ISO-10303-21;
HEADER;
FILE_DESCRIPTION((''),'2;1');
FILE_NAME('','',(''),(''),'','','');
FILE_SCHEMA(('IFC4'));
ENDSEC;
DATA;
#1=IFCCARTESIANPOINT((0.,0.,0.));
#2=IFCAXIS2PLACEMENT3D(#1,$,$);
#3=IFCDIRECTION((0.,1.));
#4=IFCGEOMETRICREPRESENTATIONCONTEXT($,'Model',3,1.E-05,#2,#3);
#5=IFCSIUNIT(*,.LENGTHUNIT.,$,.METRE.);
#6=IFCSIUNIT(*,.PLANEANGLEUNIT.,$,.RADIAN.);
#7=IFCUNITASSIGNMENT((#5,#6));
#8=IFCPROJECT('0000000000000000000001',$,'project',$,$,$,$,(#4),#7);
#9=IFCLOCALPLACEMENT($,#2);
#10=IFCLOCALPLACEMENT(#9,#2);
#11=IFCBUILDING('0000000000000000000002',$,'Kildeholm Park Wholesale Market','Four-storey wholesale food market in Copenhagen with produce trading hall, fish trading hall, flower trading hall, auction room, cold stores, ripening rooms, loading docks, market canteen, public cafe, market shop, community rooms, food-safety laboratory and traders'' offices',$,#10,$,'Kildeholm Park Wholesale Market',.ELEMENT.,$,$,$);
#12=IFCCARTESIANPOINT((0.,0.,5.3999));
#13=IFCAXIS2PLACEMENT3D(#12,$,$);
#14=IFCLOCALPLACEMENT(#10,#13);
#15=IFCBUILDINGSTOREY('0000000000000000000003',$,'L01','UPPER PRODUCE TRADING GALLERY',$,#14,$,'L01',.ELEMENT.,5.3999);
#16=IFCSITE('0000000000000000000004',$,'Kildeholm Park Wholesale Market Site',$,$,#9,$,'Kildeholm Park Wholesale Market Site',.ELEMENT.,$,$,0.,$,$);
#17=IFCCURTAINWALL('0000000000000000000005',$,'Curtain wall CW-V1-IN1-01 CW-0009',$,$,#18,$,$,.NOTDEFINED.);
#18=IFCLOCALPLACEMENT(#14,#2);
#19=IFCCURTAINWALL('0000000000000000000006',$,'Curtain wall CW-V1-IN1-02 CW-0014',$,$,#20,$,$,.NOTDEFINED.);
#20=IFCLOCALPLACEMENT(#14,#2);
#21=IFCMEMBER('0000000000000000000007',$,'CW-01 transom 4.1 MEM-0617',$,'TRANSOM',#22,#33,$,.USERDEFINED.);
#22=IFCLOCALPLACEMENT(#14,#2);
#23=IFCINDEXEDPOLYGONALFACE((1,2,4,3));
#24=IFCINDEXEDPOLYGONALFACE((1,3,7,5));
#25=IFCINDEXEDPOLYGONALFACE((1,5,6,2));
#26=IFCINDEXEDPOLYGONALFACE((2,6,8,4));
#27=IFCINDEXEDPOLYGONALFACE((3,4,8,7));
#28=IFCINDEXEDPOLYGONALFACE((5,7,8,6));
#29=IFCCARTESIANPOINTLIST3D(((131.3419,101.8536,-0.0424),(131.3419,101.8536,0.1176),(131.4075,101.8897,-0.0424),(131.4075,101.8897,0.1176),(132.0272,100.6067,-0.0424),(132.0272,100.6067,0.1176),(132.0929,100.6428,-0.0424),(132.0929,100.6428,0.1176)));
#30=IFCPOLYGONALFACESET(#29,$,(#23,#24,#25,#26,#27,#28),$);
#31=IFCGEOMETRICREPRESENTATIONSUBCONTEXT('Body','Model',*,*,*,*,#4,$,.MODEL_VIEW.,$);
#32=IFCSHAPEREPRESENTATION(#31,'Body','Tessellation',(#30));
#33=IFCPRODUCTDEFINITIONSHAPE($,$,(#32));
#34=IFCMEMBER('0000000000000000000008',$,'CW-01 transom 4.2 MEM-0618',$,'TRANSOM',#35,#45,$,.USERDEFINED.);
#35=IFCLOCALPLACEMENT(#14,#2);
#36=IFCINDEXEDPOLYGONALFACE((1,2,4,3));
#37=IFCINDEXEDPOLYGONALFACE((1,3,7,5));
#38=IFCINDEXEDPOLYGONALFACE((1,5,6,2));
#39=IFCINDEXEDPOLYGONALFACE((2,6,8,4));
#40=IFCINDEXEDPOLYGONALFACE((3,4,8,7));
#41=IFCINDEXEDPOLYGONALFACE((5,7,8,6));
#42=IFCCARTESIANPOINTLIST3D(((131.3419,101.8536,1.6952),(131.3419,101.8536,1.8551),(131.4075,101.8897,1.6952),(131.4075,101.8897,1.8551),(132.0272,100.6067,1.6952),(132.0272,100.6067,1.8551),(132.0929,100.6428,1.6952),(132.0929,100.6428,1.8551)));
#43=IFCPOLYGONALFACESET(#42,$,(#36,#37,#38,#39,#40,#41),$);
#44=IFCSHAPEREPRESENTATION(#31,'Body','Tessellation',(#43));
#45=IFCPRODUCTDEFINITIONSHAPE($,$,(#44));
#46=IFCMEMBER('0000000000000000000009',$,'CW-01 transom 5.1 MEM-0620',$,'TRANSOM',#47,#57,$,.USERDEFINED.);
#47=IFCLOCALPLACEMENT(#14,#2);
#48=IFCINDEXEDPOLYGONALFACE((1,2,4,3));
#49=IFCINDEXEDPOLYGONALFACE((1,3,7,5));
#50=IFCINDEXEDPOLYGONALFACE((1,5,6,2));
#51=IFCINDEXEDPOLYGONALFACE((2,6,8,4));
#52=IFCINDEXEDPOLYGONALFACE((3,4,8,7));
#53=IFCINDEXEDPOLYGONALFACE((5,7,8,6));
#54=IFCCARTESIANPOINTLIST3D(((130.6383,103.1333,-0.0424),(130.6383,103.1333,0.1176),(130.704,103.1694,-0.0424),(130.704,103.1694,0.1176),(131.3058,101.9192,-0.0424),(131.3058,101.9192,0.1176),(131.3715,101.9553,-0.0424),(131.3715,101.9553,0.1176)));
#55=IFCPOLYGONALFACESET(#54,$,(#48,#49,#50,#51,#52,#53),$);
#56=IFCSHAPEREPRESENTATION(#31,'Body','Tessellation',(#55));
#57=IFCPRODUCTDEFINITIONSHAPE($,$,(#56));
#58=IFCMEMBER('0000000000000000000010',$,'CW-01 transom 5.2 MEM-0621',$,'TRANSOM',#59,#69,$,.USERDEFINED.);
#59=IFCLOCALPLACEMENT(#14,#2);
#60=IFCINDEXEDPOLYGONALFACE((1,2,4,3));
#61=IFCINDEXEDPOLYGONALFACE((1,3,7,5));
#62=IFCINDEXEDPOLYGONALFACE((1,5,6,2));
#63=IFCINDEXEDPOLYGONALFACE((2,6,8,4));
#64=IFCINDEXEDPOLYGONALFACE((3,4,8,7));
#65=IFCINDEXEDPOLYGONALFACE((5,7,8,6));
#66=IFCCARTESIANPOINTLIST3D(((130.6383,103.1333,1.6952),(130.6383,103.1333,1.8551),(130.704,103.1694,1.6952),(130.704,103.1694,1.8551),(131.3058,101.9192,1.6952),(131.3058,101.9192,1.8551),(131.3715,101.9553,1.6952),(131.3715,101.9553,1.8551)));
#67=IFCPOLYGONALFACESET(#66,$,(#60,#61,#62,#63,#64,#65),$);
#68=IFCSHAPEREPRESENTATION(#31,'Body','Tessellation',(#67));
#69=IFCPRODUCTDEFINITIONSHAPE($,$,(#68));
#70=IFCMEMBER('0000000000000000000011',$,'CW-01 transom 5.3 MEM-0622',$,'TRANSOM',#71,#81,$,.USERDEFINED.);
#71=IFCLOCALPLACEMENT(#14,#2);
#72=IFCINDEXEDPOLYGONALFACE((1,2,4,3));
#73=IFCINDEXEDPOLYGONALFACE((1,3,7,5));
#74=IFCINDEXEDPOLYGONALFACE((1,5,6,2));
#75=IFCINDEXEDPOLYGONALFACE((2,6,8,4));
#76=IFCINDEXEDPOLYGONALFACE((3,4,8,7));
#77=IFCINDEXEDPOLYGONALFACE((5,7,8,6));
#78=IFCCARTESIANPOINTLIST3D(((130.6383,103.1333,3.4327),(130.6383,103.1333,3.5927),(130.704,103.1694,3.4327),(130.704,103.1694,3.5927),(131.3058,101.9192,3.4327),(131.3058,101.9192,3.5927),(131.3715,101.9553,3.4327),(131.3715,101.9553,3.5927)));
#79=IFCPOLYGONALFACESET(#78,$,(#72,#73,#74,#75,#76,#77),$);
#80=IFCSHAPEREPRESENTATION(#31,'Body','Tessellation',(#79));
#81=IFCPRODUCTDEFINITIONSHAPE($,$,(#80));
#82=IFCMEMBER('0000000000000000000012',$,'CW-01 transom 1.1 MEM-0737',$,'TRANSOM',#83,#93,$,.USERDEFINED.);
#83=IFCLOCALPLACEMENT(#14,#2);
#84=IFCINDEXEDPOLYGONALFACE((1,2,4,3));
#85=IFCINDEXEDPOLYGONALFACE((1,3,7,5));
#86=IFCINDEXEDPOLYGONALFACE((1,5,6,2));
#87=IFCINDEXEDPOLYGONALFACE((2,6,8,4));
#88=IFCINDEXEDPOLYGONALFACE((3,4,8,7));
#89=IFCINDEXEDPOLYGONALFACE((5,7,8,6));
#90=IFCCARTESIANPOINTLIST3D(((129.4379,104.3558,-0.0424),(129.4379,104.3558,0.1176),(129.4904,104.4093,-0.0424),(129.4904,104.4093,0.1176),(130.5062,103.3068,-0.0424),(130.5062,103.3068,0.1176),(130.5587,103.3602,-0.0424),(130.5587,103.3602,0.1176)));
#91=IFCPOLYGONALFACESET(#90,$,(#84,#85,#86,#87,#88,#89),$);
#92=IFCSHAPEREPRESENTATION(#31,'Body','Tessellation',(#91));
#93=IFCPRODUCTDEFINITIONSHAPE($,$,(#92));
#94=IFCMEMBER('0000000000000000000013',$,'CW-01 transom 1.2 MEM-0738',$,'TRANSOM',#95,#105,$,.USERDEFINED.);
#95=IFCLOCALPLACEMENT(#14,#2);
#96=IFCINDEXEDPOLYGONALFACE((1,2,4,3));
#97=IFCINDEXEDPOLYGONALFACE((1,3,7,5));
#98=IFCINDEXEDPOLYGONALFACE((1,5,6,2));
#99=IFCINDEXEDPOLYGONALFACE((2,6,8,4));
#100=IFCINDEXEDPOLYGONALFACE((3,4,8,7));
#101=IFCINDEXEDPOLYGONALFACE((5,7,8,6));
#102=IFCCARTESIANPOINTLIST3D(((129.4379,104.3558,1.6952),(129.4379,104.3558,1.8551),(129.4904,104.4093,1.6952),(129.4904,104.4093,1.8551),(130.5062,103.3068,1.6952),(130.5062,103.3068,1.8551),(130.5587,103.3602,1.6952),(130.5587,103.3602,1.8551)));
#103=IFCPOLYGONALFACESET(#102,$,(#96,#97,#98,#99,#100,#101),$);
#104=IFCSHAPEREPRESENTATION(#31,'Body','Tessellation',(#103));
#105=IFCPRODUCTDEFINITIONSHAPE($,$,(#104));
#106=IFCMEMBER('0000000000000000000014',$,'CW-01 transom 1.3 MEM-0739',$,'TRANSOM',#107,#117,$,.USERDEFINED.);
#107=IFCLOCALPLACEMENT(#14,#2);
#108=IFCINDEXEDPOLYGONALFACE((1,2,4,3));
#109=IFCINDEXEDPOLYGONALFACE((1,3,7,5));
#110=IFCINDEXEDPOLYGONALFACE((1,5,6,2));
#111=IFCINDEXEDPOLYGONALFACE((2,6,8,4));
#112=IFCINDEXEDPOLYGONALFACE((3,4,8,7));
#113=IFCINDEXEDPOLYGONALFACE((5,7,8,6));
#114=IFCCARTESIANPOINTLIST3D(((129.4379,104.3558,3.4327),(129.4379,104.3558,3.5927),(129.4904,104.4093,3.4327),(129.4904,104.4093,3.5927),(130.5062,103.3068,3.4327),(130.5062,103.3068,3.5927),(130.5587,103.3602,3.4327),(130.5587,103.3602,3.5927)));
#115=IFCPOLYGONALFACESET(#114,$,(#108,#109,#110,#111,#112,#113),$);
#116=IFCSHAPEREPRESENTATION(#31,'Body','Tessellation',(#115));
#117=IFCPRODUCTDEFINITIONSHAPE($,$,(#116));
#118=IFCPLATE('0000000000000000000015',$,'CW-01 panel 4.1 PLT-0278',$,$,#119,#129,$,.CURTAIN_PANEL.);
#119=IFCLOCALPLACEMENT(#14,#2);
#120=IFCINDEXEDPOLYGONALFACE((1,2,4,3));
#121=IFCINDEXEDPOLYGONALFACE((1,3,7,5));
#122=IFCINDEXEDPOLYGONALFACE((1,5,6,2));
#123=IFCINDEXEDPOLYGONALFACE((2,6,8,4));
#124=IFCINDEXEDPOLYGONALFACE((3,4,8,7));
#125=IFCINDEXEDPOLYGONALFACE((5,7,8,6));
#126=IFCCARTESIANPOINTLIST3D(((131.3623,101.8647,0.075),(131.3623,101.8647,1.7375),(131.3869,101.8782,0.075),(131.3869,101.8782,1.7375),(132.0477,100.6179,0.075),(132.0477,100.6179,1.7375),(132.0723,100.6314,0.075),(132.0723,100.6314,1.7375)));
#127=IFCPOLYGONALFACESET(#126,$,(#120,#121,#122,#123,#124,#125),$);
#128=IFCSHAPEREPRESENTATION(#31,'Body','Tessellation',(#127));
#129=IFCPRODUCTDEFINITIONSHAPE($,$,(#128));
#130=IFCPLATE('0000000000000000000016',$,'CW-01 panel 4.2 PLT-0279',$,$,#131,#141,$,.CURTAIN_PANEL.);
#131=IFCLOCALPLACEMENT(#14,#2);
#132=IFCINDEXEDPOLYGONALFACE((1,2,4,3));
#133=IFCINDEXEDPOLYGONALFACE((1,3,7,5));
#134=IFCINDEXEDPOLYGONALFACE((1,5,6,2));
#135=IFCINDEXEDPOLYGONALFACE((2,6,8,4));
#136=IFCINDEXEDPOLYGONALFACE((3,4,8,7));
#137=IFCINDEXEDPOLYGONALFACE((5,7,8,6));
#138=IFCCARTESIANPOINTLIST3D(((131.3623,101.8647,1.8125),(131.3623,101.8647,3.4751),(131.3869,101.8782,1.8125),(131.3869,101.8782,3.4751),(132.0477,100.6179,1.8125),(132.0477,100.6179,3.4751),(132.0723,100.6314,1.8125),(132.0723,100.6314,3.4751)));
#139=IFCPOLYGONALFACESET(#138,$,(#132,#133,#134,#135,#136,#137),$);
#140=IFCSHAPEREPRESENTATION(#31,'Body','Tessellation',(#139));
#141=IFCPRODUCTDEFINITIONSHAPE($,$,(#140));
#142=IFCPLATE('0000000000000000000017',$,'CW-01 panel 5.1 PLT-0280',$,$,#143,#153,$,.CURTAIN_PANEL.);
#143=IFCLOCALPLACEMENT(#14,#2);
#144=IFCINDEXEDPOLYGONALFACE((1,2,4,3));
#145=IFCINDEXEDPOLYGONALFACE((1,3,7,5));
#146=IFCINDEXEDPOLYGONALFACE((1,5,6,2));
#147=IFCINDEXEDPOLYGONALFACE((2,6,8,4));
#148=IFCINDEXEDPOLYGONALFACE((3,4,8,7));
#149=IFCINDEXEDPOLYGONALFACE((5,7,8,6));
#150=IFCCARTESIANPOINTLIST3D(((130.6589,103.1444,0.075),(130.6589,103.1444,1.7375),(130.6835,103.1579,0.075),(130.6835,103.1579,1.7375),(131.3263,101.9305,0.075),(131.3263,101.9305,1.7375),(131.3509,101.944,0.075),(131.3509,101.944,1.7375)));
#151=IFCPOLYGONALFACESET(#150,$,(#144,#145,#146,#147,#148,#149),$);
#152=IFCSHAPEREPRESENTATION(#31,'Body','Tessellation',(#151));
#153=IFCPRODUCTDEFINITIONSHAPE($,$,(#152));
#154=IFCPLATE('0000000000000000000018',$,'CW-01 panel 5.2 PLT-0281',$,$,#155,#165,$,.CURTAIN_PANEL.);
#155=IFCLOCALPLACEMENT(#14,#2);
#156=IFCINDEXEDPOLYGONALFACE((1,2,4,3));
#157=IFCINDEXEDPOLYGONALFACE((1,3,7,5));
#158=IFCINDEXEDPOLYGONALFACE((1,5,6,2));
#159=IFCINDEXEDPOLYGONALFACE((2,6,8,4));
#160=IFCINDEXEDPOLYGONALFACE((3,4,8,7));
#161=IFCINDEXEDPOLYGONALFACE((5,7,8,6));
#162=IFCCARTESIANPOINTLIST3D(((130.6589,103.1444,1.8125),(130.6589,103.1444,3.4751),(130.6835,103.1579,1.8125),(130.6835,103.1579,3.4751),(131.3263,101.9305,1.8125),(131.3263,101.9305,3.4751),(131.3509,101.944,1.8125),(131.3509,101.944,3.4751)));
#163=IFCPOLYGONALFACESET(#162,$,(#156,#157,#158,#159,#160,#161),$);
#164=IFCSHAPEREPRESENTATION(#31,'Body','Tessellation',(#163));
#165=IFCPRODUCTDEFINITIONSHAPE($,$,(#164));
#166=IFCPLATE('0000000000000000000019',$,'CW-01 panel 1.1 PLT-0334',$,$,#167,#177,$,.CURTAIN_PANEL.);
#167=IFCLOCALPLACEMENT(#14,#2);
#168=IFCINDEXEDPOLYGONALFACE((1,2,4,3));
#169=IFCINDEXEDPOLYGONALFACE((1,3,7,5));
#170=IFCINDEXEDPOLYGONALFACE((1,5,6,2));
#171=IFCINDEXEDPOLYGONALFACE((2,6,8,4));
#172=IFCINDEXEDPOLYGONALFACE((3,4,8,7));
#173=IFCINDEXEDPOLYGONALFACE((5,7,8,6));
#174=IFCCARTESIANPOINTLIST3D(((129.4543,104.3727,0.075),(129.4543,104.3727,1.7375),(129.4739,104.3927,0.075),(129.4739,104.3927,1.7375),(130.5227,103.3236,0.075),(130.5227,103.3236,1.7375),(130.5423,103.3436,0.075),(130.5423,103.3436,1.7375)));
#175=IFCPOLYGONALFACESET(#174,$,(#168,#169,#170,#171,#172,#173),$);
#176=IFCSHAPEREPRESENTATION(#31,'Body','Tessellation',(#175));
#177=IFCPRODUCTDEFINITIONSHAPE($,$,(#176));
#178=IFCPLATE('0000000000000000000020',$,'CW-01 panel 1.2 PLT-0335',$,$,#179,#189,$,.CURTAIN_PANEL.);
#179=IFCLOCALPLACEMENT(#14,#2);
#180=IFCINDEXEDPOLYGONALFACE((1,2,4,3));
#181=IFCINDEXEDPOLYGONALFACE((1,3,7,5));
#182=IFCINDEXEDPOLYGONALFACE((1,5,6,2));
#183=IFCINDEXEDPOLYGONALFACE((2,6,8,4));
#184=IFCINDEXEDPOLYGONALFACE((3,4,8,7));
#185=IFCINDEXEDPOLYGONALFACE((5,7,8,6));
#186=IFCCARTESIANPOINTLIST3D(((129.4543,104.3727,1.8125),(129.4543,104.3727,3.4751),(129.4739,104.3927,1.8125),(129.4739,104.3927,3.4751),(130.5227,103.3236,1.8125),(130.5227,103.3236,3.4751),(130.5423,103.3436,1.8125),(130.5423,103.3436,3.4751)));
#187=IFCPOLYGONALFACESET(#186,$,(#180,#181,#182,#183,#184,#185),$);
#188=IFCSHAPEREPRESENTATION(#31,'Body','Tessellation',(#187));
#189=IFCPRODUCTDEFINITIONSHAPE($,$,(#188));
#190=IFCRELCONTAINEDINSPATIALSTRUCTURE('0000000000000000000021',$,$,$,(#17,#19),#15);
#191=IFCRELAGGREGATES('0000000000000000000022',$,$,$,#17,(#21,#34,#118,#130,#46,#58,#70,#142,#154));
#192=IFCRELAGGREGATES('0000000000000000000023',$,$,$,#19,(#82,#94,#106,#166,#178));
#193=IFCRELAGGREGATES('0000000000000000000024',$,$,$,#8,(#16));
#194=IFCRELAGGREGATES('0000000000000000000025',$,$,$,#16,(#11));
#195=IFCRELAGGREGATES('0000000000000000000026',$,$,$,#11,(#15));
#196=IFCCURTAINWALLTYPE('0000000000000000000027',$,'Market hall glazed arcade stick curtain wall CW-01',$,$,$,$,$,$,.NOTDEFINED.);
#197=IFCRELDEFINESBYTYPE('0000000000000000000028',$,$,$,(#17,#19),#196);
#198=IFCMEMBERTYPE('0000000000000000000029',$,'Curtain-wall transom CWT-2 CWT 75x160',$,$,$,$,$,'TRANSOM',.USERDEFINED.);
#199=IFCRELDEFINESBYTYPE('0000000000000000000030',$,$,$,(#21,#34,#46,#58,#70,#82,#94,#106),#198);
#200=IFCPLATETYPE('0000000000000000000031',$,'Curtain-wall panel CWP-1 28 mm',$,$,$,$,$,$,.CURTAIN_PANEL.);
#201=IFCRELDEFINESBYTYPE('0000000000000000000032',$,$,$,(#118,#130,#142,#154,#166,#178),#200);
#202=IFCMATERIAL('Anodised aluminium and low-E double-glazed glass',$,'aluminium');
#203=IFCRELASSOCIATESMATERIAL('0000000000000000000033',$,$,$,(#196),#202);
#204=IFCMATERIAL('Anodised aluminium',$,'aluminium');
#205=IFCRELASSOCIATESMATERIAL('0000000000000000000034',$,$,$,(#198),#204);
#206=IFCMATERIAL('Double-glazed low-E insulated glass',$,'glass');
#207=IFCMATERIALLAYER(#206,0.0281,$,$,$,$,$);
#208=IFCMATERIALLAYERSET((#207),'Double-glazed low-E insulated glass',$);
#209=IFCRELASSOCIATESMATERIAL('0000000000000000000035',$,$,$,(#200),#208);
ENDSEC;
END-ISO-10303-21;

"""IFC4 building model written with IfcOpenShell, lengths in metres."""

from ifc_helpers import new_model, si_unit, direction, frame, origin, origin_2d, place, context, subcontext, project, spatial, rectangle, extrude, material, layer, layer_set, material_profile, profile_set, type_object, element, aggregate, save


model = new_model("IFC4")

# Units and contexts
model_context = context("Model", 3, precision=1e-05, world=origin(), true_north=direction((0.0, 1.0)))
body_context = subcontext(model_context, "Body", "Model", "MODEL_VIEW")
ifc_project = project(units=[si_unit("LENGTHUNIT", "METRE"), si_unit("PLANEANGLEUNIT", "RADIAN")], contexts=[model_context])

# Site, building, storey
site_placement = place(None, origin())
site = spatial("IfcSite", under=ifc_project, at=site_placement, Name="Kildeholm Park Wholesale Market Site", LongName="Kildeholm Park Wholesale Market Site", CompositionType="ELEMENT", RefElevation=0.0)
building_placement = place(site_placement, origin())
building = spatial("IfcBuilding", under=site, at=building_placement, Name="Kildeholm Park Wholesale Market", Description="Four-storey wholesale food market in Copenhagen with produce trading hall, fish trading hall, flower trading hall, auction room, cold stores, ripening rooms, loading docks, market canteen, public cafe, market shop, community rooms, food-safety laboratory and traders' offices", LongName="Kildeholm Park Wholesale Market", CompositionType="ELEMENT")
storey_placement = place(building_placement, frame((0.0, 0.0, 5.3999)))
storey = spatial("IfcBuildingStorey", under=building, at=storey_placement, Name="L01", Description="UPPER PRODUCE TRADING GALLERY", LongName="L01", CompositionType="ELEMENT", Elevation=5.3999)

# Curtain wall
ifc_material_1 = material(Name="Anodised aluminium and low-E double-glazed glass", Category="aluminium")
curtain_wall_type = type_object("IfcCurtainWallType", Name="Market hall glazed arcade stick curtain wall CW-01", PredefinedType="NOTDEFINED", material=ifc_material_1)
curtain_wall_1_placement = place(storey_placement, origin())
curtain_wall_1 = element("IfcCurtainWall", 1, at=curtain_wall_1_placement, inside=storey, type_object=curtain_wall_type, Name="Curtain wall CW-V1-IN1-01 CW-0009", PredefinedType="NOTDEFINED")
ifc_material_2 = material(Name="Anodised aluminium", Category="aluminium")

# Curtain wall
curtain_wall_2_placement = place(storey_placement, origin())
curtain_wall_2 = element("IfcCurtainWall", 2, at=curtain_wall_2_placement, inside=storey, type_object=curtain_wall_type, Name="Curtain wall CW-V1-IN1-02 CW-0014", PredefinedType="NOTDEFINED")

# Members
ifc_material_profile_1 = material_profile(ifc_material_2, rectangle(XDim=0.075, YDim=0.1599, at=origin_2d()), Name="CWT 75x160")
ifc_profile_set_1 = profile_set([ifc_material_profile_1], Name="Anodised aluminium")
member_type_1 = type_object("IfcMemberType", Name="Curtain-wall transom CWT-2 CWT 75x160", ElementType="TRANSOM", PredefinedType="USERDEFINED", material=ifc_profile_set_1)
member_1_placement = place(storey_placement, frame((132.0601, 100.6248, 0.0376), z_axis=(-0.481675, 0.87635, 0.0), x_axis=(-0.87635, -0.481675, 0.0)))
member_1 = element("IfcMember", 3, at=member_1_placement, type_object=member_type_1, Name="CW-01 transom 4.1 MEM-0617", ObjectType="TRANSOM", PredefinedType="USERDEFINED", context=body_context, shape_type="SweptSolid", body=[
    extrude(rectangle(XDim=0.075, YDim=0.1599, at=origin_2d()), origin(), (0.0, 0.0, 1.0), 1.4229),
])
member_2_placement = place(storey_placement, frame((132.0601, 100.6248, 1.7751), z_axis=(-0.481675, 0.87635, 0.0), x_axis=(-0.87635, -0.481675, 0.0)))
member_2 = element("IfcMember", 4, at=member_2_placement, type_object=member_type_1, Name="CW-01 transom 4.2 MEM-0618", ObjectType="TRANSOM", PredefinedType="USERDEFINED", context=body_context, shape_type="SweptSolid", body=[
    extrude(rectangle(XDim=0.075, YDim=0.1599, at=origin_2d()), origin(), (0.0, 0.0, 1.0), 1.4229),
])
member_3_placement = place(storey_placement, frame((131.3386, 101.9373, 0.0376), z_axis=(-0.481763, 0.876301, 0.0), x_axis=(-0.876301, -0.481763, 0.0)))
member_3 = element("IfcMember", 5, at=member_3_placement, type_object=member_type_1, Name="CW-01 transom 5.1 MEM-0620", ObjectType="TRANSOM", PredefinedType="USERDEFINED", context=body_context, shape_type="SweptSolid", body=[
    extrude(rectangle(XDim=0.075, YDim=0.1599, at=origin_2d()), origin(), (0.0, 0.0, 1.0), 1.3855),
])
member_4_placement = place(storey_placement, frame((131.3386, 101.9373, 1.7751), z_axis=(-0.481763, 0.876301, 0.0), x_axis=(-0.876301, -0.481763, 0.0)))
member_4 = element("IfcMember", 6, at=member_4_placement, type_object=member_type_1, Name="CW-01 transom 5.2 MEM-0621", ObjectType="TRANSOM", PredefinedType="USERDEFINED", context=body_context, shape_type="SweptSolid", body=[
    extrude(rectangle(XDim=0.075, YDim=0.1599, at=origin_2d()), origin(), (0.0, 0.0, 1.0), 1.3855),
])
member_5_placement = place(storey_placement, frame((131.3386, 101.9373, 3.5127), z_axis=(-0.481763, 0.876301, 0.0), x_axis=(-0.876301, -0.481763, 0.0)))
member_5 = element("IfcMember", 7, at=member_5_placement, type_object=member_type_1, Name="CW-01 transom 5.3 MEM-0622", ObjectType="TRANSOM", PredefinedType="USERDEFINED", context=body_context, shape_type="SweptSolid", body=[
    extrude(rectangle(XDim=0.075, YDim=0.1599, at=origin_2d()), origin(), (0.0, 0.0, 1.0), 1.3855),
])
member_6_placement = place(storey_placement, frame((130.5325, 103.3335, 0.0376), z_axis=(-0.713518, 0.700637, 0.0), x_axis=(-0.700637, -0.713518, 0.0)))
member_6 = element("IfcMember", 8, at=member_6_placement, type_object=member_type_1, Name="CW-01 transom 1.1 MEM-0737", ObjectType="TRANSOM", PredefinedType="USERDEFINED", context=body_context, shape_type="SweptSolid", body=[
    extrude(rectangle(XDim=0.075, YDim=0.1599, at=origin_2d()), origin(), (0.0, 0.0, 1.0), 1.4973),
])
member_7_placement = place(storey_placement, frame((130.5325, 103.3335, 1.7751), z_axis=(-0.713518, 0.700637, 0.0), x_axis=(-0.700637, -0.713518, 0.0)))
member_7 = element("IfcMember", 9, at=member_7_placement, type_object=member_type_1, Name="CW-01 transom 1.2 MEM-0738", ObjectType="TRANSOM", PredefinedType="USERDEFINED", context=body_context, shape_type="SweptSolid", body=[
    extrude(rectangle(XDim=0.075, YDim=0.1599, at=origin_2d()), origin(), (0.0, 0.0, 1.0), 1.4973),
])
member_8_placement = place(storey_placement, frame((130.5325, 103.3335, 3.5127), z_axis=(-0.713518, 0.700637, 0.0), x_axis=(-0.700637, -0.713518, 0.0)))
member_8 = element("IfcMember", 10, at=member_8_placement, type_object=member_type_1, Name="CW-01 transom 1.3 MEM-0739", ObjectType="TRANSOM", PredefinedType="USERDEFINED", context=body_context, shape_type="SweptSolid", body=[
    extrude(rectangle(XDim=0.075, YDim=0.1599, at=origin_2d()), origin(), (0.0, 0.0, 1.0), 1.4973),
])

# Plates
ifc_material_3 = material(Name="Double-glazed low-E insulated glass", Category="glass")
ifc_layer = layer(ifc_material_3, 0.0281)
ifc_layer_set = layer_set([ifc_layer], Name="Double-glazed low-E insulated glass")
plate_type = type_object("IfcPlateType", Name="Curtain-wall panel CWP-1 28 mm", PredefinedType="CURTAIN_PANEL", material=ifc_layer_set)
plate_1_placement = place(storey_placement, frame((131.7173, 101.248, 0.075), z_axis=(0.0, 0.0, 1.0), x_axis=(-0.48175, 0.876309, 0.0)))
plate_1 = element("IfcPlate", 11, at=plate_1_placement, type_object=plate_type, Name="CW-01 panel 4.1 PLT-0278", PredefinedType="CURTAIN_PANEL", context=body_context, shape_type="SweptSolid", body=[
    extrude(rectangle(XDim=1.4229, YDim=0.0281, at=origin_2d()), origin(), (0.0, 0.0, 1.0), 1.6626),
])
plate_2_placement = place(storey_placement, frame((131.7173, 101.248, 1.8125), z_axis=(0.0, 0.0, 1.0), x_axis=(-0.48175, 0.876309, 0.0)))
plate_2 = element("IfcPlate", 12, at=plate_2_placement, type_object=plate_type, Name="CW-01 panel 4.2 PLT-0279", PredefinedType="CURTAIN_PANEL", context=body_context, shape_type="SweptSolid", body=[
    extrude(rectangle(XDim=1.4229, YDim=0.0281, at=origin_2d()), origin(), (0.0, 0.0, 1.0), 1.6626),
])
plate_3_placement = place(storey_placement, frame((131.0049, 102.5442, 0.075), z_axis=(0.0, 0.0, 1.0), x_axis=(-0.48175, 0.876309, 0.0)))
plate_3 = element("IfcPlate", 13, at=plate_3_placement, type_object=plate_type, Name="CW-01 panel 5.1 PLT-0280", PredefinedType="CURTAIN_PANEL", context=body_context, shape_type="SweptSolid", body=[
    extrude(rectangle(XDim=1.3853, YDim=0.0281, at=origin_2d()), origin(), (0.0, 0.0, 1.0), 1.6626),
])
plate_4_placement = place(storey_placement, frame((131.0049, 102.5442, 1.8125), z_axis=(0.0, 0.0, 1.0), x_axis=(-0.48175, 0.876309, 0.0)))
plate_4 = element("IfcPlate", 14, at=plate_4_placement, type_object=plate_type, Name="CW-01 panel 5.2 PLT-0281", PredefinedType="CURTAIN_PANEL", context=body_context, shape_type="SweptSolid", body=[
    extrude(rectangle(XDim=1.3853, YDim=0.0281, at=origin_2d()), origin(), (0.0, 0.0, 1.0), 1.6626),
])
aggregate(curtain_wall_1, [member_1, member_2, plate_1, plate_2, member_3, member_4, member_5, plate_3, plate_4])
plate_5_placement = place(storey_placement, frame((129.9983, 103.8582, 0.075), z_axis=(0.0, 0.0, 1.0), x_axis=(-0.713538, 0.700617, 0.0)))
plate_5 = element("IfcPlate", 15, at=plate_5_placement, type_object=plate_type, Name="CW-01 panel 1.1 PLT-0334", PredefinedType="CURTAIN_PANEL", context=body_context, shape_type="SweptSolid", body=[
    extrude(rectangle(XDim=1.4973, YDim=0.0281, at=origin_2d()), origin(), (0.0, 0.0, 1.0), 1.6626),
])
plate_6_placement = place(storey_placement, frame((129.9983, 103.8582, 1.8125), z_axis=(0.0, 0.0, 1.0), x_axis=(-0.713538, 0.700617, 0.0)))
plate_6 = element("IfcPlate", 16, at=plate_6_placement, type_object=plate_type, Name="CW-01 panel 1.2 PLT-0335", PredefinedType="CURTAIN_PANEL", context=body_context, shape_type="SweptSolid", body=[
    extrude(rectangle(XDim=1.4973, YDim=0.0281, at=origin_2d()), origin(), (0.0, 0.0, 1.0), 1.6626),
])
aggregate(curtain_wall_2, [member_6, member_7, member_8, plate_5, plate_6])

save(model, "model.ifc")
